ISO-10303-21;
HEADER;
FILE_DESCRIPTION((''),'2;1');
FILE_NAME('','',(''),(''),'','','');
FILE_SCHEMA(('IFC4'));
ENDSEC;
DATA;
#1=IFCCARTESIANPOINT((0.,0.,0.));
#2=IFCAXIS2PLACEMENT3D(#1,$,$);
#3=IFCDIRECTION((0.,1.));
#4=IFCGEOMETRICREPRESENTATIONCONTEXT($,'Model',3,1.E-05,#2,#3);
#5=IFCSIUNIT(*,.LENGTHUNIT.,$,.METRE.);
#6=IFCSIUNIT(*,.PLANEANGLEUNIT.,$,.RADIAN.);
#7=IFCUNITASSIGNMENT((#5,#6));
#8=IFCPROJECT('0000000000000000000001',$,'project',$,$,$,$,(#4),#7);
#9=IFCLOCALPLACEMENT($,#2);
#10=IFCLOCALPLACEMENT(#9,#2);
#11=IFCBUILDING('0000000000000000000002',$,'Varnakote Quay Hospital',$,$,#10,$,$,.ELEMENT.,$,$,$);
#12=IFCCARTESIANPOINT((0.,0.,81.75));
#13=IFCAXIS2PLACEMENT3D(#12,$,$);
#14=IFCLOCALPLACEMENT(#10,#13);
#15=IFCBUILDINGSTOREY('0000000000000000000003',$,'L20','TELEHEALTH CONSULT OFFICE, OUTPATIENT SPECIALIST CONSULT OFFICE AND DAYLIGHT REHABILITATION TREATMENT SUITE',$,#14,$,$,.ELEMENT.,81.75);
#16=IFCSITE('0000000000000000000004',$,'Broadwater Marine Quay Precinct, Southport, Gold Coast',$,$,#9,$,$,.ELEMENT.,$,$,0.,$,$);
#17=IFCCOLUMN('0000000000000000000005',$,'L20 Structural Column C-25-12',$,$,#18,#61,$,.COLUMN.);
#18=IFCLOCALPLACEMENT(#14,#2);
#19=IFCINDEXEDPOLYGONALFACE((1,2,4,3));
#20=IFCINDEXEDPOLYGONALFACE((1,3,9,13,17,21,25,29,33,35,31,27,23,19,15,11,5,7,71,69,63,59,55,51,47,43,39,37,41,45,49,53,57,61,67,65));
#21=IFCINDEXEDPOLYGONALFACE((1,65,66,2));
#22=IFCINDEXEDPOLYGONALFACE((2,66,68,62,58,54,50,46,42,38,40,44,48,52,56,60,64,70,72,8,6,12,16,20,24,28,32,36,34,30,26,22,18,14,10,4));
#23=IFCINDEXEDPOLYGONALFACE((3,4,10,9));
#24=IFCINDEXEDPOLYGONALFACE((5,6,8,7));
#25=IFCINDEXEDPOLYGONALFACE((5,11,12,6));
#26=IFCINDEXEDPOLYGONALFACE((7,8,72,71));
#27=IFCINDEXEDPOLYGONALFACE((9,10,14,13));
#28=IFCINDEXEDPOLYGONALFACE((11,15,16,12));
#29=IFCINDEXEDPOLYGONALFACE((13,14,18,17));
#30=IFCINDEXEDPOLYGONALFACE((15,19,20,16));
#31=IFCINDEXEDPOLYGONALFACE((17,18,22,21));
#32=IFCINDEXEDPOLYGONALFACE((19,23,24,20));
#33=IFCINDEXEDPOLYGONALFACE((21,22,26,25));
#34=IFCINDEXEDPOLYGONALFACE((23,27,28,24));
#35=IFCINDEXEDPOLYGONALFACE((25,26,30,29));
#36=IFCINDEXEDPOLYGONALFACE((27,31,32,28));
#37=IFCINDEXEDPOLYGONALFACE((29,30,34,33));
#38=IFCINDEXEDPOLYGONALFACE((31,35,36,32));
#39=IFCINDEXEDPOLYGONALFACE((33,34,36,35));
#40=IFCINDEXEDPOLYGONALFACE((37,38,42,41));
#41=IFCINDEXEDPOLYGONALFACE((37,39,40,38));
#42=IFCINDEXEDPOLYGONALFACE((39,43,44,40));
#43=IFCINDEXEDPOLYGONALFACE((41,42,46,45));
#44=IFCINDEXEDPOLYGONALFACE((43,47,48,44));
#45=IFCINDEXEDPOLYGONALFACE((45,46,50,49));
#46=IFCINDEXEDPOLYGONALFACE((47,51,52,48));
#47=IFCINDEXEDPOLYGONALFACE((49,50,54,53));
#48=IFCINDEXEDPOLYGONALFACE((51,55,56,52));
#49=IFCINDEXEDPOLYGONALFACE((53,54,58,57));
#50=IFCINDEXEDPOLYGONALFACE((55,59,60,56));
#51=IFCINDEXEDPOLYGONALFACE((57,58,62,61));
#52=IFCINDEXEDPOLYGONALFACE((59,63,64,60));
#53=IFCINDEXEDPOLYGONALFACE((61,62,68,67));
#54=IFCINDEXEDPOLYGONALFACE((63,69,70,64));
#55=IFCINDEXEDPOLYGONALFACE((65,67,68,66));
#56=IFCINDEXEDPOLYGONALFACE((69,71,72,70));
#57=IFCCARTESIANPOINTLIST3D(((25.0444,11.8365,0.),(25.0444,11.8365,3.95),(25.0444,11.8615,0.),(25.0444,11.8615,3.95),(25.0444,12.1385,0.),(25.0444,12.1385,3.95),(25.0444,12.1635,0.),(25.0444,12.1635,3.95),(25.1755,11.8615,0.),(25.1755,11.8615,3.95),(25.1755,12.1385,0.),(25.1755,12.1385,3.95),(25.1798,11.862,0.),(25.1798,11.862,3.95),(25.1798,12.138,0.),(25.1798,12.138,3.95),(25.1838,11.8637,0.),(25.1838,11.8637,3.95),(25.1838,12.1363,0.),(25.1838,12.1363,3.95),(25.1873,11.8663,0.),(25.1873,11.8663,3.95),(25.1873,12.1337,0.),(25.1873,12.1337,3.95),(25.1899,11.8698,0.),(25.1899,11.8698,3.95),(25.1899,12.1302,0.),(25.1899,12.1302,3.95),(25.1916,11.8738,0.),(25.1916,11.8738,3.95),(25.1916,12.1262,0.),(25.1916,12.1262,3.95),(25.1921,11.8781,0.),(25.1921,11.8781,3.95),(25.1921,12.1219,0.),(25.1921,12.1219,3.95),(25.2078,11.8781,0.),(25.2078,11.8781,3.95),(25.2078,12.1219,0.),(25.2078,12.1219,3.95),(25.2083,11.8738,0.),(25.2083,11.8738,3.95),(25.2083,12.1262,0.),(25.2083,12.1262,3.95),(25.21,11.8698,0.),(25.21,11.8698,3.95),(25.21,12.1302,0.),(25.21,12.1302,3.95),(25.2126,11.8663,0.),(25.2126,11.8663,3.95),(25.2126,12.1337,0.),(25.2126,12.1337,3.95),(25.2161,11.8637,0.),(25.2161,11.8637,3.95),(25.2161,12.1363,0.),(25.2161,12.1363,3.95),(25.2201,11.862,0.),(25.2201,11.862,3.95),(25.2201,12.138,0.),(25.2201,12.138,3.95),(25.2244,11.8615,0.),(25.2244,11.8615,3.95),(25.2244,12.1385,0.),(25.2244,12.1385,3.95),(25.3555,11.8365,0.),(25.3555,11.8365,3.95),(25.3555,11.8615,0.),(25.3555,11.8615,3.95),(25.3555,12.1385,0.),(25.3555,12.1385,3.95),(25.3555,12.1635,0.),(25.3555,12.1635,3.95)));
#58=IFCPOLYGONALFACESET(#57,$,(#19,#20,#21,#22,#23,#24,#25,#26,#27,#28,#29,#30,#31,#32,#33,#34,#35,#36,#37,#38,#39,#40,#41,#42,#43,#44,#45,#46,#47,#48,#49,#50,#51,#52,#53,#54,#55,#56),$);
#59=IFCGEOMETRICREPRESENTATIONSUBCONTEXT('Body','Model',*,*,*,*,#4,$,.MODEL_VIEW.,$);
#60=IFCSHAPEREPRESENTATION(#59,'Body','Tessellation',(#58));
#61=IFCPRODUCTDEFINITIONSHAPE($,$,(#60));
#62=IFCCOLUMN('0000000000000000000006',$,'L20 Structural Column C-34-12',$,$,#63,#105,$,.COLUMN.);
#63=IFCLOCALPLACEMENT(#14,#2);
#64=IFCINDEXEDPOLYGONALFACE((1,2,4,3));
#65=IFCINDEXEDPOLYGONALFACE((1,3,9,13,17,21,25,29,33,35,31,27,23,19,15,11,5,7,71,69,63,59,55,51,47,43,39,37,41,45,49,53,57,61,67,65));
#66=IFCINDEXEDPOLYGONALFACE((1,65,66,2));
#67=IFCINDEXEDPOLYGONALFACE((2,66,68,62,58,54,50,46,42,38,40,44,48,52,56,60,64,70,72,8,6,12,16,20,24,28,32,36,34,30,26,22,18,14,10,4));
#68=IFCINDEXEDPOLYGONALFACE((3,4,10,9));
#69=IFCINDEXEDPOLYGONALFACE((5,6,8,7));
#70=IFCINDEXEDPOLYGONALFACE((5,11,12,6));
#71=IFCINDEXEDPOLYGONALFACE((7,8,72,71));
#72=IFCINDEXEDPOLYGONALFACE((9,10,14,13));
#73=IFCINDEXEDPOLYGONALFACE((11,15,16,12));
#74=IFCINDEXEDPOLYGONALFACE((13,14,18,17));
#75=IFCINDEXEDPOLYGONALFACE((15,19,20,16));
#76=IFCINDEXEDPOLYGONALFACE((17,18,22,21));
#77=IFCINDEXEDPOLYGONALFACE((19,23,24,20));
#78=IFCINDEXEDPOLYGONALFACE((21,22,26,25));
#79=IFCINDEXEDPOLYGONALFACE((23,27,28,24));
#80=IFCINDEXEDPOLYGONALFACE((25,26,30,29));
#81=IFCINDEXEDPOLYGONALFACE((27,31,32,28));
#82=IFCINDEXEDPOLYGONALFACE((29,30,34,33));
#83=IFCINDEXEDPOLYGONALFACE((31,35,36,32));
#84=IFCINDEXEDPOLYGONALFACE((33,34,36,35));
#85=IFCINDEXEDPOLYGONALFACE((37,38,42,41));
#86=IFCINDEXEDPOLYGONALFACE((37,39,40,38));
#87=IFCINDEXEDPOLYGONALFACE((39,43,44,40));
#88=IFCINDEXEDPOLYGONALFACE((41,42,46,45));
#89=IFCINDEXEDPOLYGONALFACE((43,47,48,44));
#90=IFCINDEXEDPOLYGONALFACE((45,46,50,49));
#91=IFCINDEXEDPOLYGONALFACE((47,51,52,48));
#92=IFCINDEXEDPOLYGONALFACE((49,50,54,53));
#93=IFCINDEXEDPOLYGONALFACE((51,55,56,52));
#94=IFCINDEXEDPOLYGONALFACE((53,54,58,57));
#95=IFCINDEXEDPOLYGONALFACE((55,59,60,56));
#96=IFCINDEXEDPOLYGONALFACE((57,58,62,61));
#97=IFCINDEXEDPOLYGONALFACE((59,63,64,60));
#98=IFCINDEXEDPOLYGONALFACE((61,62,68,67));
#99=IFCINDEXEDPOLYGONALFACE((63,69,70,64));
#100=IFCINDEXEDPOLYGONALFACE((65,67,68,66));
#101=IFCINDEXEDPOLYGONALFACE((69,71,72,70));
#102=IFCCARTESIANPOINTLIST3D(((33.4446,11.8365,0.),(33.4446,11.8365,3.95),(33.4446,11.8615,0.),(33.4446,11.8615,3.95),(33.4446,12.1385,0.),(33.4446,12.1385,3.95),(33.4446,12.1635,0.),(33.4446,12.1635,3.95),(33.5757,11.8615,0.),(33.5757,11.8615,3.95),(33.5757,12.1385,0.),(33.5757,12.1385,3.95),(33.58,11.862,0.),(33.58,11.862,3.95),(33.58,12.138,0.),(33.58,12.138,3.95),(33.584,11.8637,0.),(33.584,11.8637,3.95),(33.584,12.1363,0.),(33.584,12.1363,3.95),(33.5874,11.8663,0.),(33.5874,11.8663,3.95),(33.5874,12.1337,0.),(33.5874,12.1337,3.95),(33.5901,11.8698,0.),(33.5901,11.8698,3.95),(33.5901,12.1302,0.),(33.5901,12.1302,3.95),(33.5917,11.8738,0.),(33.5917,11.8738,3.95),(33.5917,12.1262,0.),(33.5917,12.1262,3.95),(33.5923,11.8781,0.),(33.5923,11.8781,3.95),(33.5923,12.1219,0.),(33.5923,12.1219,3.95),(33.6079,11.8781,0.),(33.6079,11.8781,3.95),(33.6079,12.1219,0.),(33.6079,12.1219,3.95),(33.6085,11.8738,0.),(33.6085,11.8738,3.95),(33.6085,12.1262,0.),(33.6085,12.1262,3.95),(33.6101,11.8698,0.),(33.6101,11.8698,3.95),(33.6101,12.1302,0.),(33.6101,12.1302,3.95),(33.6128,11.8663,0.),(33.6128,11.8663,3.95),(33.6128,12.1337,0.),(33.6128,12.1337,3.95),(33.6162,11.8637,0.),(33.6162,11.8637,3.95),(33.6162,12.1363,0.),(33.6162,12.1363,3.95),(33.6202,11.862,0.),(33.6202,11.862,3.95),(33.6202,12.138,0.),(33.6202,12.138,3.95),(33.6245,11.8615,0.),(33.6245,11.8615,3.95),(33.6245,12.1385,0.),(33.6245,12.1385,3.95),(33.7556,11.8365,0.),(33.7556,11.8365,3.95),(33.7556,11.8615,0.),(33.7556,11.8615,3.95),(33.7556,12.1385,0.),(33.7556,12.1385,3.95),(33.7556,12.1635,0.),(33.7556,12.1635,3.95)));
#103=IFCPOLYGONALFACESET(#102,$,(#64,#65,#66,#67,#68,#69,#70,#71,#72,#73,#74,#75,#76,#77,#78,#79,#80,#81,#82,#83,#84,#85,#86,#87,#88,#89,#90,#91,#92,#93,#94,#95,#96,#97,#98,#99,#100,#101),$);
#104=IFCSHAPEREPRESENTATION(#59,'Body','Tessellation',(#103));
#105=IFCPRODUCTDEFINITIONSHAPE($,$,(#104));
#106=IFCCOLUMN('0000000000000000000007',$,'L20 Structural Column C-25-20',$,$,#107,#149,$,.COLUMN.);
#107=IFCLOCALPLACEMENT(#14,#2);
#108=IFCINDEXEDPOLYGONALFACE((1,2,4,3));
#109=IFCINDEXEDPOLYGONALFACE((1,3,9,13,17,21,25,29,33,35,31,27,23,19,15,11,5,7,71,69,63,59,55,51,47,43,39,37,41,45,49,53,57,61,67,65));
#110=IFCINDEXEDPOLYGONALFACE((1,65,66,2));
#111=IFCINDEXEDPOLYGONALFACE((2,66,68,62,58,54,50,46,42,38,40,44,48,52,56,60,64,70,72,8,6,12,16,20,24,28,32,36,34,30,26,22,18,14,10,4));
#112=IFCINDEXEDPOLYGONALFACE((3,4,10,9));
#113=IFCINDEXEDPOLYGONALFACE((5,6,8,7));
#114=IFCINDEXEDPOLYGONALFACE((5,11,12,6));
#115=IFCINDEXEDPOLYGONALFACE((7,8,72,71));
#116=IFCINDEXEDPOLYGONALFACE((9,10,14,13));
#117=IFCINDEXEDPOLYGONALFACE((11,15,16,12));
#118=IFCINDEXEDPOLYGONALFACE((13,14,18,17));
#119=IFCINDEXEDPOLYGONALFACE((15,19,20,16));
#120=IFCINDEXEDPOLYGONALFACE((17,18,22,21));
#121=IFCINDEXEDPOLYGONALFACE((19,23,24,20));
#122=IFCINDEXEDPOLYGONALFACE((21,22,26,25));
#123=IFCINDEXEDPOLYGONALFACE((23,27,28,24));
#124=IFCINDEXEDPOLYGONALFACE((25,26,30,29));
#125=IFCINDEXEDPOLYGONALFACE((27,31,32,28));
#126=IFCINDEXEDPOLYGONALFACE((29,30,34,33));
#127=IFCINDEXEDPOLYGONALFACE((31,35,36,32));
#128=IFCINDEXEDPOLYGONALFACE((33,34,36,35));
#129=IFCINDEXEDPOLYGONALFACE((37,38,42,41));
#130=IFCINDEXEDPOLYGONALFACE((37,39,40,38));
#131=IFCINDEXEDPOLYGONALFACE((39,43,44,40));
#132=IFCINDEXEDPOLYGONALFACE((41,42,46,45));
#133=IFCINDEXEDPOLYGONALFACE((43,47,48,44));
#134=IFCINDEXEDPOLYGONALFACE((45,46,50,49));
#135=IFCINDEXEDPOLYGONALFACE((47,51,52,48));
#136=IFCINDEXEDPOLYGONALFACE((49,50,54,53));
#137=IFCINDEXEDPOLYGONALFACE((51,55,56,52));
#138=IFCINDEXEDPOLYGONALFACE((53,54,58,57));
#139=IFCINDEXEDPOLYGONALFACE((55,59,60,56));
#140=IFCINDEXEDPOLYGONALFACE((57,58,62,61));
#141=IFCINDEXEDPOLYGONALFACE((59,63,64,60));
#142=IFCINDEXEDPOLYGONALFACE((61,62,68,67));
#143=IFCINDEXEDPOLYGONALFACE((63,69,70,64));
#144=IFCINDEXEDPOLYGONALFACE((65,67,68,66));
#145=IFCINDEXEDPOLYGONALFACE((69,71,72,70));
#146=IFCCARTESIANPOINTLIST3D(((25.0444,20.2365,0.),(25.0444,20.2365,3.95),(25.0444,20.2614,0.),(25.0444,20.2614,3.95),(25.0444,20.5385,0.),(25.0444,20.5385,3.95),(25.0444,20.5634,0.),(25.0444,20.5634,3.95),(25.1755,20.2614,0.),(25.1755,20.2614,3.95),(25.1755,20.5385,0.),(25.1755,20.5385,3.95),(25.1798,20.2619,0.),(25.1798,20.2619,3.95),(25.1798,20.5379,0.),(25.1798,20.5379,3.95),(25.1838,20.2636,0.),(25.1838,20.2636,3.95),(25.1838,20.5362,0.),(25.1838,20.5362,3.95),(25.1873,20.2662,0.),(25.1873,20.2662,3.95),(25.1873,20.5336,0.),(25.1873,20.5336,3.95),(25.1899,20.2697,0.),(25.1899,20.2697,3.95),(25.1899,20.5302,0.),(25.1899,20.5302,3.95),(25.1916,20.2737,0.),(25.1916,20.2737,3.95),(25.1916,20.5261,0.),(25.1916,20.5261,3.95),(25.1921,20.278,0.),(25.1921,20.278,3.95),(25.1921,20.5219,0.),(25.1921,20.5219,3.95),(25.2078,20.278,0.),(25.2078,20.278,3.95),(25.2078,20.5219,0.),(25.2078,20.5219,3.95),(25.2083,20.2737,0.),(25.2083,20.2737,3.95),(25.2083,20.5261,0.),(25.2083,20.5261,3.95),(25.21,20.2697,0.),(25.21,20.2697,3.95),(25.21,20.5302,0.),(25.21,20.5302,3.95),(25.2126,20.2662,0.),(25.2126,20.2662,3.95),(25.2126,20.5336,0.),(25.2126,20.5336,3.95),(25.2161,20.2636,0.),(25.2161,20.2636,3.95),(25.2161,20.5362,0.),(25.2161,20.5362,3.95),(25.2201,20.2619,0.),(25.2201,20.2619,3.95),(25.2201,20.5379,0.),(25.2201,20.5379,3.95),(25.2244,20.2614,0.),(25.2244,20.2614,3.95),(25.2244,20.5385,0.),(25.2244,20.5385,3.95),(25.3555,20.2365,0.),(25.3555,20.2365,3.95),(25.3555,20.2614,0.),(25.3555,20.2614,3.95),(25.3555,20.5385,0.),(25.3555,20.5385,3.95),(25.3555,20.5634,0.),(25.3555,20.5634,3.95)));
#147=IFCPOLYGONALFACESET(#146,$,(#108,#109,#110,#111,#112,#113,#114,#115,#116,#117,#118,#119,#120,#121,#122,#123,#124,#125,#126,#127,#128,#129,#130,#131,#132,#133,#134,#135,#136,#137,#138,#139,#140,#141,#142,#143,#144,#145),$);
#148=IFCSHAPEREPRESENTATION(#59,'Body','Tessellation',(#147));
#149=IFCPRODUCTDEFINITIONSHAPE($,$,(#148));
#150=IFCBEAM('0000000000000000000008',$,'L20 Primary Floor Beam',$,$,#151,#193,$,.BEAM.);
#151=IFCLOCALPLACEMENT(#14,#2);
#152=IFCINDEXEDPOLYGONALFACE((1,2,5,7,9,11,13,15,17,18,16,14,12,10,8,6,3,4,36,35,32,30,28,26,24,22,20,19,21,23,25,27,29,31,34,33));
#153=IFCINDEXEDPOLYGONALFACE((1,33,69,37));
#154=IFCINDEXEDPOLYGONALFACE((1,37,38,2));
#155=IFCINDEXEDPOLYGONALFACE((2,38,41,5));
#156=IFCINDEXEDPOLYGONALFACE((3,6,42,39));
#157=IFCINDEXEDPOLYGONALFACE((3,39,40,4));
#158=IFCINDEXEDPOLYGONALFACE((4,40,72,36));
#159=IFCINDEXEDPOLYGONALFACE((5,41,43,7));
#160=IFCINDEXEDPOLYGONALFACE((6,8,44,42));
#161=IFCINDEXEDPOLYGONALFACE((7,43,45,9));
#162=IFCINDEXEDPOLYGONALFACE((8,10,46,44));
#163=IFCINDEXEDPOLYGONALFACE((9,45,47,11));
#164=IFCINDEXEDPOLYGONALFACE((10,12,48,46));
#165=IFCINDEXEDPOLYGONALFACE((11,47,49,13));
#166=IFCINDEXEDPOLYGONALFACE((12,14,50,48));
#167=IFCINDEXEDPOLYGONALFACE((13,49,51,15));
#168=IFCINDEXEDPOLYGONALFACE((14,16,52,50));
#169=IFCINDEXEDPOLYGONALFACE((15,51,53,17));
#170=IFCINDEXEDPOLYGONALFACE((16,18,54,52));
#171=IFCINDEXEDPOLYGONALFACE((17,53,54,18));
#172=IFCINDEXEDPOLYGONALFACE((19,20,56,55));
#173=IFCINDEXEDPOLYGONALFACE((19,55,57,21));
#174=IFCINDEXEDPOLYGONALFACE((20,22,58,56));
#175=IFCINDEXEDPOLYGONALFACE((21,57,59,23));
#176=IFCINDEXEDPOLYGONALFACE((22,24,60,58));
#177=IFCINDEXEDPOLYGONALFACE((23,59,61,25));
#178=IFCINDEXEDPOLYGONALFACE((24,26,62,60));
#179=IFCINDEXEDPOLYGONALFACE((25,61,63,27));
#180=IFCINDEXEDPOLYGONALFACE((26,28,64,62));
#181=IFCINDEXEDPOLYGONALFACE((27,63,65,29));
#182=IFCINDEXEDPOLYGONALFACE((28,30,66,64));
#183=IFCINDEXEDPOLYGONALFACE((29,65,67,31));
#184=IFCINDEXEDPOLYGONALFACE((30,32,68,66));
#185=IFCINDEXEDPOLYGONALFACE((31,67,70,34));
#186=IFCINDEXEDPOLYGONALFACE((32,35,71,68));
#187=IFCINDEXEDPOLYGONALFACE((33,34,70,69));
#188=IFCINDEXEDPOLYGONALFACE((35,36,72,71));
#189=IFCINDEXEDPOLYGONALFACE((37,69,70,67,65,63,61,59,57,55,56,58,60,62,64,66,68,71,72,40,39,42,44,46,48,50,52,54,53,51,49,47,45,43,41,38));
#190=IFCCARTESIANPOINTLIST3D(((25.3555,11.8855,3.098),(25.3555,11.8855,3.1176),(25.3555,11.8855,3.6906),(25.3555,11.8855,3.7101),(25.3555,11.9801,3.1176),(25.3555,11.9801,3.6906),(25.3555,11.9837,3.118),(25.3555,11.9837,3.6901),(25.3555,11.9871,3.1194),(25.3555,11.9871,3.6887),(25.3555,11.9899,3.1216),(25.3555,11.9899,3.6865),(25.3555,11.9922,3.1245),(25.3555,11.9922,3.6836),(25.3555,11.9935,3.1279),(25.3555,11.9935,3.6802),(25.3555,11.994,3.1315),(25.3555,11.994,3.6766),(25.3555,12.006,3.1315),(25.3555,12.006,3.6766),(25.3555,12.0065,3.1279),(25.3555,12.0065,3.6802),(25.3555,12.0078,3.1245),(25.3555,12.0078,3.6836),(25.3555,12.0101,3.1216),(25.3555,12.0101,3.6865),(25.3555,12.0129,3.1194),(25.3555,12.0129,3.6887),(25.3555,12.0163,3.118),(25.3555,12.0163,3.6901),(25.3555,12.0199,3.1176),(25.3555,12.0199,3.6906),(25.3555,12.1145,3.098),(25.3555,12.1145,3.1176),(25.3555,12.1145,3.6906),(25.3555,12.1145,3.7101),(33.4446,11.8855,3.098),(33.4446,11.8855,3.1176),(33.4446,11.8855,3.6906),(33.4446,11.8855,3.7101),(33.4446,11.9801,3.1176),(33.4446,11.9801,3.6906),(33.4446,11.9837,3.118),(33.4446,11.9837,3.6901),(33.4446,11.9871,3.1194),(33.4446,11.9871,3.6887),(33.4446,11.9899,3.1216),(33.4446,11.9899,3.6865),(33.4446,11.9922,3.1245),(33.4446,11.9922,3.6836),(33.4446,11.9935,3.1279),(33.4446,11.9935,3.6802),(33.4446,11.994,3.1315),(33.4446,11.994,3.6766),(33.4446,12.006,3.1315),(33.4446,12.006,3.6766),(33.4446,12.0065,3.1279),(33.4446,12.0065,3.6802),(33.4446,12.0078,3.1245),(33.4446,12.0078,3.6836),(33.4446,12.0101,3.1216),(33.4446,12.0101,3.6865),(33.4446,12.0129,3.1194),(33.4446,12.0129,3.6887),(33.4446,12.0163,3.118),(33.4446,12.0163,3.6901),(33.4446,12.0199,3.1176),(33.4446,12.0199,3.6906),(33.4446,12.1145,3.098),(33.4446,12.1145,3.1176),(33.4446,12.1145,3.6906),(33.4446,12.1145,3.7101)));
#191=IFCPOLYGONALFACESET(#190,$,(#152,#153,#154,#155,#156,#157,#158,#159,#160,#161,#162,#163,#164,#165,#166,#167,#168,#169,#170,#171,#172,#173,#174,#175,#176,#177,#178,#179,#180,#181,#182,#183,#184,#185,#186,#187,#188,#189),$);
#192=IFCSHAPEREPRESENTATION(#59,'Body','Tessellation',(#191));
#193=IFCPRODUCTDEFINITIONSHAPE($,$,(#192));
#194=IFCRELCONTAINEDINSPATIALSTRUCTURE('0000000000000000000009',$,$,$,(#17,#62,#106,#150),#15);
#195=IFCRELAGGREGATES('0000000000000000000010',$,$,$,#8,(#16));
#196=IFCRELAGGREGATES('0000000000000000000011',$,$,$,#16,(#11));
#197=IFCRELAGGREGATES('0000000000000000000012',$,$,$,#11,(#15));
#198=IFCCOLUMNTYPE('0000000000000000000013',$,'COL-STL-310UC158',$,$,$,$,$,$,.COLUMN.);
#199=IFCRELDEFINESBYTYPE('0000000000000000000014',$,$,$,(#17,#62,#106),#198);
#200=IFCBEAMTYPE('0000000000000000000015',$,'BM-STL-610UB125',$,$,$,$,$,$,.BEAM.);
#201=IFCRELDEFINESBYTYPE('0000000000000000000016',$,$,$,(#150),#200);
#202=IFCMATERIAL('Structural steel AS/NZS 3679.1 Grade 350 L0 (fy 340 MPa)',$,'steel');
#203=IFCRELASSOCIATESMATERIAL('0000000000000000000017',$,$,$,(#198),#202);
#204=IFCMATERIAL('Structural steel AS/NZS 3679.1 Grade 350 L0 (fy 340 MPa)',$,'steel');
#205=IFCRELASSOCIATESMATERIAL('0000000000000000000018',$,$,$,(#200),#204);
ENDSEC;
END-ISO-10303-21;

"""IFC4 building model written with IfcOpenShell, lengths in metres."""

from ifc_helpers import new_model, si_unit, direction, frame, origin, origin_2d, place, context, subcontext, project, spatial, i_section, extrude, material, material_profile, profile_set, type_object, element, save


model = new_model("IFC4")

# Units and contexts
model_context = context("Model", 3, precision=1e-05, world=origin(), true_north=direction((0.0, 1.0)))
body_context = subcontext(model_context, "Body", "Model", "MODEL_VIEW")
ifc_project = project(units=[si_unit("LENGTHUNIT", "METRE"), si_unit("PLANEANGLEUNIT", "RADIAN")], contexts=[model_context])

# Site, building, storey
site_placement = place(None, origin())
site = spatial("IfcSite", under=ifc_project, at=site_placement, Name="Broadwater Marine Quay Precinct, Southport, Gold Coast", CompositionType="ELEMENT", RefElevation=0.0)
building_placement = place(site_placement, origin())
building = spatial("IfcBuilding", under=site, at=building_placement, Name="Varnakote Quay Hospital", CompositionType="ELEMENT")
storey_placement = place(building_placement, frame((0.0, 0.0, 81.75)))
storey = spatial("IfcBuildingStorey", under=building, at=storey_placement, Name="L20", Description="TELEHEALTH CONSULT OFFICE, OUTPATIENT SPECIALIST CONSULT OFFICE AND DAYLIGHT REHABILITATION TREATMENT SUITE", CompositionType="ELEMENT", Elevation=81.75)

# Columns
ifc_material_1 = material(Name="Structural steel AS/NZS 3679.1 Grade 350 L0 (fy 340 MPa)", Category="steel")
ifc_material_profile_1 = material_profile(ifc_material_1, i_section(OverallWidth=0.311, OverallDepth=0.3269, WebThickness=0.0156, FlangeThickness=0.0249, FilletRadius=0.0166, at=origin_2d()), Name="310UC158")
ifc_profile_set_1 = profile_set([ifc_material_profile_1], Name="Structural steel AS/NZS 3679.1 Grade 350 L0 (fy 340 MPa)")
column_type = type_object("IfcColumnType", Name="COL-STL-310UC158", PredefinedType="COLUMN", material=ifc_profile_set_1)
for number, where, z_axis, x_axis, name in (
    (1, (25.2, 12.0, 0.0), (0.0, 0.0, 1.0), (1.0, 0.0, 0.0), "L20 Structural Column C-25-12"),
    (2, (33.6001, 12.0, 0.0), (0.0, 0.0, 1.0), (1.0, 0.0, 0.0), "L20 Structural Column C-34-12"),
    (3, (25.2, 20.3999, 0.0), (0.0, 0.0, 1.0), (1.0, 0.0, 0.0), "L20 Structural Column C-25-20"),
):
    element("IfcColumn", number, at=place(storey_placement, frame(where, z_axis=z_axis, x_axis=x_axis)), inside=storey, type_object=column_type, Name=name, PredefinedType="COLUMN", context=body_context, shape_type="SweptSolid", body=[
        extrude(i_section(OverallWidth=0.311, OverallDepth=0.3269, WebThickness=0.0156, FlangeThickness=0.0249, FilletRadius=0.0166, at=origin_2d()), origin(), (0.0, 0.0, 1.0), 3.95),
    ])

# Beam
ifc_material_2 = material(Name="Structural steel AS/NZS 3679.1 Grade 350 L0 (fy 340 MPa)", Category="steel")
ifc_material_profile_2 = material_profile(ifc_material_2, i_section(OverallWidth=0.229, OverallDepth=0.6121, WebThickness=0.012, FlangeThickness=0.0195, FilletRadius=0.0139, at=origin_2d()), Name="610UB125")
ifc_profile_set_2 = profile_set([ifc_material_profile_2], Name="Structural steel AS/NZS 3679.1 Grade 350 L0 (fy 340 MPa)")
beam_type_1 = type_object("IfcBeamType", Name="BM-STL-610UB125", PredefinedType="BEAM", material=ifc_profile_set_2)
beam_1_placement = place(storey_placement, frame((25.3555, 12.0, 3.4041), z_axis=(1.0, 0.0, 0.0), x_axis=(0.0, 1.0, 0.0)))
element("IfcBeam", 4, at=beam_1_placement, inside=storey, type_object=beam_type_1, Name="L20 Primary Floor Beam", PredefinedType="BEAM", context=body_context, shape_type="SweptSolid", body=[
    extrude(i_section(OverallWidth=0.229, OverallDepth=0.6121, WebThickness=0.012, FlangeThickness=0.0195, FilletRadius=0.0139, at=origin_2d()), origin(), (0.0, 0.0, 1.0), 8.0891),
])

save(model, "model.ifc")
